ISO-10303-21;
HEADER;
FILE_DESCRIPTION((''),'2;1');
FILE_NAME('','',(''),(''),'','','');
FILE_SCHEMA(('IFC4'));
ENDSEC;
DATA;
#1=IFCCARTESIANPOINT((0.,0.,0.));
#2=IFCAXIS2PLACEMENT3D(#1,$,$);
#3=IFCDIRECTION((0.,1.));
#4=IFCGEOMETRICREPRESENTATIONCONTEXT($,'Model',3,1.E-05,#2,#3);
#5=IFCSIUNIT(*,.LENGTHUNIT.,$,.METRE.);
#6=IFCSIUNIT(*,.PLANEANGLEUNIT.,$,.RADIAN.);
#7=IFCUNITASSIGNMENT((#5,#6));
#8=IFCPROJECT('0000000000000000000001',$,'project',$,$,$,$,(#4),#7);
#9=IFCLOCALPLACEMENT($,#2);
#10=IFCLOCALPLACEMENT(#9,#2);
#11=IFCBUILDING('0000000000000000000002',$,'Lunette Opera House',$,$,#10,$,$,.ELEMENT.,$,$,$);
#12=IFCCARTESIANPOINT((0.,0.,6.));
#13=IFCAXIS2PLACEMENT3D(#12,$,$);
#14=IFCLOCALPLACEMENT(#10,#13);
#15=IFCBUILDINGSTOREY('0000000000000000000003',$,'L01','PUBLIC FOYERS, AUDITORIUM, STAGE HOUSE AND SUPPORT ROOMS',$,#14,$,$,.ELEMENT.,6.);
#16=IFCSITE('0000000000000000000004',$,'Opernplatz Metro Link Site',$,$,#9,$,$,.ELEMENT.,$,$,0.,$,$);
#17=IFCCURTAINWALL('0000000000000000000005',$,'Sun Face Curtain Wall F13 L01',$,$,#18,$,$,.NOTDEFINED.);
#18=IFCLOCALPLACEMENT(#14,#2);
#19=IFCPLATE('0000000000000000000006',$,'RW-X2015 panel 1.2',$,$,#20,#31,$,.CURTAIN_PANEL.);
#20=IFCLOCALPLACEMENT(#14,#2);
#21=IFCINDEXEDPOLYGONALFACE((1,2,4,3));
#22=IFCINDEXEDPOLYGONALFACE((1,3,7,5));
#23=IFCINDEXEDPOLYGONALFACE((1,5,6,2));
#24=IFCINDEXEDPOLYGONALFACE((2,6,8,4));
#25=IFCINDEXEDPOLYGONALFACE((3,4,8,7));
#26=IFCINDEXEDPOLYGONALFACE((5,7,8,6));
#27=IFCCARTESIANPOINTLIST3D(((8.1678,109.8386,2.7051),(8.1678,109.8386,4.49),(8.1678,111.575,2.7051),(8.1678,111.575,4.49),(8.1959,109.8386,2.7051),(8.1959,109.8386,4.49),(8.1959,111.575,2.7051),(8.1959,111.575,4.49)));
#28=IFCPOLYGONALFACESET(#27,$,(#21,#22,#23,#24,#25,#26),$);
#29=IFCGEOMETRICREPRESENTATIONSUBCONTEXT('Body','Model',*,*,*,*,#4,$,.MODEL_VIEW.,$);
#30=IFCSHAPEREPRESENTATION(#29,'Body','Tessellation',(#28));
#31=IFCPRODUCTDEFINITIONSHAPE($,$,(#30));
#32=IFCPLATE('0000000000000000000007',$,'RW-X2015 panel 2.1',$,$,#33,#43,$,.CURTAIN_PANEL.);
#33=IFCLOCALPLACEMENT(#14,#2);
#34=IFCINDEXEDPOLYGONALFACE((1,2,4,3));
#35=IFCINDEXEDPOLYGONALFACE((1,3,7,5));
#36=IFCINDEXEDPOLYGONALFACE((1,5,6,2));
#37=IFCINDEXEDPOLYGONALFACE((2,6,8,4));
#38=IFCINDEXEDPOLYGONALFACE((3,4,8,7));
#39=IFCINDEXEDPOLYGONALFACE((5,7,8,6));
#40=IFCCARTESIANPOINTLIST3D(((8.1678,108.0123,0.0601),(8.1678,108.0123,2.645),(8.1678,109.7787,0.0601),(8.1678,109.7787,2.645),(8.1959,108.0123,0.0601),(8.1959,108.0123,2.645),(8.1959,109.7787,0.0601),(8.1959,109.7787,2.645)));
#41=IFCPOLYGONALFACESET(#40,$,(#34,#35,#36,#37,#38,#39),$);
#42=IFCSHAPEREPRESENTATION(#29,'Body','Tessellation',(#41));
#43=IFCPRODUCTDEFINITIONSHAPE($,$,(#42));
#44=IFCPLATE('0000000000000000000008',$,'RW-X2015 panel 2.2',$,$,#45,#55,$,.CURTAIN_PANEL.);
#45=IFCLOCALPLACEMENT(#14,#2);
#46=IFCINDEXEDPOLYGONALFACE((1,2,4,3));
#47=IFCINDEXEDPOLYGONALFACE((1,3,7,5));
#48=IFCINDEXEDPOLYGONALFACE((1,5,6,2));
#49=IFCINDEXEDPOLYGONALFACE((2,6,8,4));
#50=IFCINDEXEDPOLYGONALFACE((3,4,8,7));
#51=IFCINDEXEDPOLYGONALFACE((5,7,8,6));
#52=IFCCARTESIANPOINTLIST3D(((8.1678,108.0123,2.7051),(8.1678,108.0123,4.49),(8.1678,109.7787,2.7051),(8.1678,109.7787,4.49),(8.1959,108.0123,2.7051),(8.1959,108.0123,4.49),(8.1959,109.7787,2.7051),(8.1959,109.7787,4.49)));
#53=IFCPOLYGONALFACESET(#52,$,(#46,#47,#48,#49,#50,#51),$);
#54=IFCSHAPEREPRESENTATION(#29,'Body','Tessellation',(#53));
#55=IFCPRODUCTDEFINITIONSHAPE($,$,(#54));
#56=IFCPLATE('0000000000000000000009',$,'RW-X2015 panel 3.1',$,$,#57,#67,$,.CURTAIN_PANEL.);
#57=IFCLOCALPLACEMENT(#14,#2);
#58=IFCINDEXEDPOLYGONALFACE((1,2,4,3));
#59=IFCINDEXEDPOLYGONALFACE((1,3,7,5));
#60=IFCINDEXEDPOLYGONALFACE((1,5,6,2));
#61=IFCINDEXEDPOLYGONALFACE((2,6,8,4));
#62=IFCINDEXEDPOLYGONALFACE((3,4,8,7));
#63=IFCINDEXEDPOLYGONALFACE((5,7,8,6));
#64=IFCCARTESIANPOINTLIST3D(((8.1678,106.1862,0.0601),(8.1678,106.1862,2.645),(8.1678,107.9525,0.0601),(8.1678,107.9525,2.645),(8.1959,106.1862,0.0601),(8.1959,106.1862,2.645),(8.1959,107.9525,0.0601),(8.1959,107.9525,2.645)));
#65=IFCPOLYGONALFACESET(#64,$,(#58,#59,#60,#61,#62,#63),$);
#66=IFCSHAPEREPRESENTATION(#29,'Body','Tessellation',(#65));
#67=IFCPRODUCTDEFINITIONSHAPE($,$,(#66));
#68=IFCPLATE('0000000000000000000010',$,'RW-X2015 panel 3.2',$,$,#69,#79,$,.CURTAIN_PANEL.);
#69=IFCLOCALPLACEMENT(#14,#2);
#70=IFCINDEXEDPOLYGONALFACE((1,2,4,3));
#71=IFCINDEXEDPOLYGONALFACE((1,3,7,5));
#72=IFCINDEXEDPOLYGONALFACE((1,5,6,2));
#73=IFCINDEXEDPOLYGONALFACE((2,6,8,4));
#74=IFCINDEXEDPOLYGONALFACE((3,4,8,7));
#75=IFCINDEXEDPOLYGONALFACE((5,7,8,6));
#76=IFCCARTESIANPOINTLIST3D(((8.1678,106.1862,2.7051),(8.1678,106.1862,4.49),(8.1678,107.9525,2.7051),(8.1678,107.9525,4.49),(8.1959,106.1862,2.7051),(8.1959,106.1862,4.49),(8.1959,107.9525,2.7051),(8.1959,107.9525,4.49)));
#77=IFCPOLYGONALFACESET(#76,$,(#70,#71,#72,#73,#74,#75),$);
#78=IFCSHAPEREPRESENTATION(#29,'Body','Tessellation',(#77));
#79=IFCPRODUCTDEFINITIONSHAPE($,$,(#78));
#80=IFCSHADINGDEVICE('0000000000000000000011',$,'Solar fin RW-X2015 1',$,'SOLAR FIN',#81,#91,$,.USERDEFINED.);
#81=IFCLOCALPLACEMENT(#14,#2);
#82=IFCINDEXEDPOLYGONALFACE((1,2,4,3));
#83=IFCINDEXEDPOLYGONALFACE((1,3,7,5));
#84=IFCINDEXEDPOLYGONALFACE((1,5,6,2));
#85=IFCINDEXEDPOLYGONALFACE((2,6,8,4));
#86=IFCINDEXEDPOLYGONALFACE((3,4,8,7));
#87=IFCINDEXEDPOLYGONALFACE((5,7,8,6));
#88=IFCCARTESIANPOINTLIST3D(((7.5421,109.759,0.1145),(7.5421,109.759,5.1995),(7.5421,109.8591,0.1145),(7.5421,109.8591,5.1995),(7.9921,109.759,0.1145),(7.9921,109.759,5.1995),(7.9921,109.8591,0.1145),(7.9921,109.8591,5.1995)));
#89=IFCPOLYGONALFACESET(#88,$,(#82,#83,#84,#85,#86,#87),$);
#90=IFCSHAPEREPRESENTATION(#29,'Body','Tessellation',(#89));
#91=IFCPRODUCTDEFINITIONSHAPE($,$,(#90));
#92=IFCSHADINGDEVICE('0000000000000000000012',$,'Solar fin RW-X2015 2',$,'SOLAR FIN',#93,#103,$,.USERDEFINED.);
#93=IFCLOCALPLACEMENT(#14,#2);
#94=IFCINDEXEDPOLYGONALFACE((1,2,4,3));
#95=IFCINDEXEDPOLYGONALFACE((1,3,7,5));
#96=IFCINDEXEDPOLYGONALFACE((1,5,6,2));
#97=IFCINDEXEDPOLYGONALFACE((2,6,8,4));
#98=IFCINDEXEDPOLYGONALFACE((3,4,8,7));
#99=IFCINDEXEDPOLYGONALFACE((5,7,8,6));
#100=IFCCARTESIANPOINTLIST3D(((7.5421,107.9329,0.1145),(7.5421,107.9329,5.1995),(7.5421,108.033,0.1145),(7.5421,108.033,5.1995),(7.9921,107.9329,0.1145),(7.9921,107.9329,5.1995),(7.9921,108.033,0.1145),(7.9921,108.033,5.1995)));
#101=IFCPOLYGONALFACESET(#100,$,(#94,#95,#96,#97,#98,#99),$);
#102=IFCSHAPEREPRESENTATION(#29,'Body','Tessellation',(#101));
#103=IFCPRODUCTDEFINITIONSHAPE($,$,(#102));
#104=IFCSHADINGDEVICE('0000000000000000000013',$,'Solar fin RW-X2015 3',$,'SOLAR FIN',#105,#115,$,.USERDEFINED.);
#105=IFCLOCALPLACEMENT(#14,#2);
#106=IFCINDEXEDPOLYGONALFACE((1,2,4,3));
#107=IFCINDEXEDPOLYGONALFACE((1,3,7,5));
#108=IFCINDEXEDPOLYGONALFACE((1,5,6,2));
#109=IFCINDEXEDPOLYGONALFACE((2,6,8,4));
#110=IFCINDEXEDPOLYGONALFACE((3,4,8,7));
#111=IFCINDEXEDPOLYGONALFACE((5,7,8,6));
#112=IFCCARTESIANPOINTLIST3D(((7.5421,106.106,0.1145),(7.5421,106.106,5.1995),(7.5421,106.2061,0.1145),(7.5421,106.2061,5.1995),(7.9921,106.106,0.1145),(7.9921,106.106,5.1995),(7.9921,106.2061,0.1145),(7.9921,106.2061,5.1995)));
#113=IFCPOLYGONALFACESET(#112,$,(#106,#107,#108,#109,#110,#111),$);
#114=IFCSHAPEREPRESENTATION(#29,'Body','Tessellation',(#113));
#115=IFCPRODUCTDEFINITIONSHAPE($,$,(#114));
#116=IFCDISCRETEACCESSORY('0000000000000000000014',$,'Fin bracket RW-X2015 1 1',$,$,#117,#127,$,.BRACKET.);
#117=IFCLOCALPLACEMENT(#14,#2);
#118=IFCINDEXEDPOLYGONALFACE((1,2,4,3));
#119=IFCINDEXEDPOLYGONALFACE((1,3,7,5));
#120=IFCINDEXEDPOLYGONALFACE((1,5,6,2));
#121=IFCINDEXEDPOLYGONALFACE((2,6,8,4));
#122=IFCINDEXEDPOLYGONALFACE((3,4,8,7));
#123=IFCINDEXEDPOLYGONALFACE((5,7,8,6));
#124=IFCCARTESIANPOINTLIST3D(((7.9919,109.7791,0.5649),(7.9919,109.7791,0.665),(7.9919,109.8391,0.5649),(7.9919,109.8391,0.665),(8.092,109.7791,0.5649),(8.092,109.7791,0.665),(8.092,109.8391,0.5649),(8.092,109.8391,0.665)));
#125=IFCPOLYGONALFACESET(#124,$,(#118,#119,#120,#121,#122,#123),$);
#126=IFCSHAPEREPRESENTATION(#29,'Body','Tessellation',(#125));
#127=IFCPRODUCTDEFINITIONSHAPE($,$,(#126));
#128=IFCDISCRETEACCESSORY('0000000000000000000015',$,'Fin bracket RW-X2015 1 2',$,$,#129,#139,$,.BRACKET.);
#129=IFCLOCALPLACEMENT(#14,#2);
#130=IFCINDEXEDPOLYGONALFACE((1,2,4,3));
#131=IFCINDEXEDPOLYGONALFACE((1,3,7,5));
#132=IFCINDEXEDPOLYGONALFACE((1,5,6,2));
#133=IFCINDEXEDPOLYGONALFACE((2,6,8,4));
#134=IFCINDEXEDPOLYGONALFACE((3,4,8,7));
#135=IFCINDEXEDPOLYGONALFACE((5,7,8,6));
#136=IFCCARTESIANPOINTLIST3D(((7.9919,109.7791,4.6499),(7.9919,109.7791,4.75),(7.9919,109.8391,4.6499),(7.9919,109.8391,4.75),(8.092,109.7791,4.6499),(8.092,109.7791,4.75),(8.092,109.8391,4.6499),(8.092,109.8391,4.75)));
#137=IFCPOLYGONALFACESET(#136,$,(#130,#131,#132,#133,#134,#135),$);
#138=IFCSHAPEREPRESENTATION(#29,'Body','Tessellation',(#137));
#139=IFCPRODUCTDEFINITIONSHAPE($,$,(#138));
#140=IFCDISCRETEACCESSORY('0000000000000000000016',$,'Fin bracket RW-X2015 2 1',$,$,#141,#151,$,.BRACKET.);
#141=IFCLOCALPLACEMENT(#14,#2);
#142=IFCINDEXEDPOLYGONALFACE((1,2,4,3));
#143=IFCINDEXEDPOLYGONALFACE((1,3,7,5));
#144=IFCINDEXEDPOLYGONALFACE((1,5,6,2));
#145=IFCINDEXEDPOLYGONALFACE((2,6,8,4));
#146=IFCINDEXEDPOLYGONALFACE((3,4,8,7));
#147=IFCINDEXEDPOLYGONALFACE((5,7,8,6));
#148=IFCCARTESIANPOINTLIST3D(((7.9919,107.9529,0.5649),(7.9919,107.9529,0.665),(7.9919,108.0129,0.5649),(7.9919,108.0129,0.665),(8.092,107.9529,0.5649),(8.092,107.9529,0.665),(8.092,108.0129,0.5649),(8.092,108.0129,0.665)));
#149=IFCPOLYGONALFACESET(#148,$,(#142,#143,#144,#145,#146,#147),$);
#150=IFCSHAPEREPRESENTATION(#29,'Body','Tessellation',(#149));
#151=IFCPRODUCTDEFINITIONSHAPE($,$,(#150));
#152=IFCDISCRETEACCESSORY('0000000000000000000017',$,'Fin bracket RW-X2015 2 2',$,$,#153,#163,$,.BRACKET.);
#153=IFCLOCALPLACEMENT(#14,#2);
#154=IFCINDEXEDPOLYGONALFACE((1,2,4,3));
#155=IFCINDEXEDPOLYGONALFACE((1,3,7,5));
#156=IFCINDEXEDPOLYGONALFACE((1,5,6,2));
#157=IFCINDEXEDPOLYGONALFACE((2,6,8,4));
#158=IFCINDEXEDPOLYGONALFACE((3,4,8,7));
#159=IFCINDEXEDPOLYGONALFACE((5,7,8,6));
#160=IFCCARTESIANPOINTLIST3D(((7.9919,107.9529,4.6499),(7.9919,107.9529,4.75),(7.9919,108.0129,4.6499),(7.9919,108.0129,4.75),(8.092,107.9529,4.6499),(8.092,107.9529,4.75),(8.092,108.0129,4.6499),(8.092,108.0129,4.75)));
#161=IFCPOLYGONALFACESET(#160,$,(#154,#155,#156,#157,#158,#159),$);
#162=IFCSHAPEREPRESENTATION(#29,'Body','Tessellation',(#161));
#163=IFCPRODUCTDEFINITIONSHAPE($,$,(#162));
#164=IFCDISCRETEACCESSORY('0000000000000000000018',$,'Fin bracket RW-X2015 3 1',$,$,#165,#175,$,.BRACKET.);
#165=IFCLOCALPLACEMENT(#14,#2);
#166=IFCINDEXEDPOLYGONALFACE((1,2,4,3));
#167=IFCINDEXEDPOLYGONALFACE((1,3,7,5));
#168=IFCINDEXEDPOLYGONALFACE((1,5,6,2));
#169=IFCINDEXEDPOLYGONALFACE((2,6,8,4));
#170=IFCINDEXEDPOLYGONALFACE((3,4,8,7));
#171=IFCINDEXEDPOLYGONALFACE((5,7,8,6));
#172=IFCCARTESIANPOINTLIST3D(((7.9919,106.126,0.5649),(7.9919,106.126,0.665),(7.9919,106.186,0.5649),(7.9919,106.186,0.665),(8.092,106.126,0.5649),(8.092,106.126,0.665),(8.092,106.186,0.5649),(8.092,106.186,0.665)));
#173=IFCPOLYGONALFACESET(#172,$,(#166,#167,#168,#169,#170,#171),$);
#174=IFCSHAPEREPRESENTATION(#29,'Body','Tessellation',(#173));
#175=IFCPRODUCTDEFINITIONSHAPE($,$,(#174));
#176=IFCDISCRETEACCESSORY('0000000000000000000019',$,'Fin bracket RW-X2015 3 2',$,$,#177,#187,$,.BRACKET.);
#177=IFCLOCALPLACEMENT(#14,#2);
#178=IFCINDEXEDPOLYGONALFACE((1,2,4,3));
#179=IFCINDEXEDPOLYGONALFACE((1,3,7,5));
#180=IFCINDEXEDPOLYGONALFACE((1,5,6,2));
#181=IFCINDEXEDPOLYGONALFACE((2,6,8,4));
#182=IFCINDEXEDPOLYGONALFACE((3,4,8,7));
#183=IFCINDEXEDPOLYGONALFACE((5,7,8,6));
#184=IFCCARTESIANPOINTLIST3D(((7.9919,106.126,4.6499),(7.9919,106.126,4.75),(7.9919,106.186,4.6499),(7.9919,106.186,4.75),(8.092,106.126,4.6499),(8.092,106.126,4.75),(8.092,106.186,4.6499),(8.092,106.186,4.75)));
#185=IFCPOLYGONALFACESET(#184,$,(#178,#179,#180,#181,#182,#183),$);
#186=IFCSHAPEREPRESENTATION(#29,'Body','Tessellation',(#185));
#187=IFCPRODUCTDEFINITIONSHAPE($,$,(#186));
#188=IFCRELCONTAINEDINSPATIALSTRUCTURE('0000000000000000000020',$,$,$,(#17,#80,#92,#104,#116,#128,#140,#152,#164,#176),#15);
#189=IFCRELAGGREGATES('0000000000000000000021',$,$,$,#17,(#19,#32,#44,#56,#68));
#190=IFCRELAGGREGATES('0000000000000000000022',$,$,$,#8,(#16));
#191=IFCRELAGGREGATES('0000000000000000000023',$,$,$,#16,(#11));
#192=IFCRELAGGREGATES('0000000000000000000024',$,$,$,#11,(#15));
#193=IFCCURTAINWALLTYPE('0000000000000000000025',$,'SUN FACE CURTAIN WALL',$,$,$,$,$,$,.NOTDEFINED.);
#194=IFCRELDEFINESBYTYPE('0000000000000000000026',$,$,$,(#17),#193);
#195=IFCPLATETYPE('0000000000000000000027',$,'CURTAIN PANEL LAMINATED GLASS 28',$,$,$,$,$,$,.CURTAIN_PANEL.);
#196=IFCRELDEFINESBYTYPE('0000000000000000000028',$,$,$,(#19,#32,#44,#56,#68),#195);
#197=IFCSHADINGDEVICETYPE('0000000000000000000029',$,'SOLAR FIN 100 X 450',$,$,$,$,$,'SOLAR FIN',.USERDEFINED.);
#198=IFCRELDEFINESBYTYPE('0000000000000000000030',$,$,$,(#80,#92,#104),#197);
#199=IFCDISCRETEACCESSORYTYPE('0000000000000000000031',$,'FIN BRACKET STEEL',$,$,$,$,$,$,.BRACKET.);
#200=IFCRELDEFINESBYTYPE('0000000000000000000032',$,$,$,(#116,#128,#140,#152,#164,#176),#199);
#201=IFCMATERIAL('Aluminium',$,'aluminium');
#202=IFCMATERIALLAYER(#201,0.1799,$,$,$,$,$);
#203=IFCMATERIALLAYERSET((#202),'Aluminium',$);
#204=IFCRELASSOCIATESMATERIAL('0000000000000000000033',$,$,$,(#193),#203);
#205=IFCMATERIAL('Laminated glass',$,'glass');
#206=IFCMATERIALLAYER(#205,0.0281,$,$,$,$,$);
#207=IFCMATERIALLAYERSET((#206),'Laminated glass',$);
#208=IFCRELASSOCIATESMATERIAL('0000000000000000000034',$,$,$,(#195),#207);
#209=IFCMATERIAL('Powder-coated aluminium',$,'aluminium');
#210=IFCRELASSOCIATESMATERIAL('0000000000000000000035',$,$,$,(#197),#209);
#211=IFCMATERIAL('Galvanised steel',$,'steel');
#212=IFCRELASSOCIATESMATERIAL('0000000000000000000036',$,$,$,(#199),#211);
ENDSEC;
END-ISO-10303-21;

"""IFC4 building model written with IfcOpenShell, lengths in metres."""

from ifc_helpers import new_model, si_unit, direction, frame, origin, origin_2d, place, context, subcontext, project, spatial, rectangle, extrude, material, layer, layer_set, type_object, element, aggregate, save


model = new_model("IFC4")

# Units and contexts
model_context = context("Model", 3, precision=1e-05, world=origin(), true_north=direction((0.0, 1.0)))
body_context = subcontext(model_context, "Body", "Model", "MODEL_VIEW")
ifc_project = project(units=[si_unit("LENGTHUNIT", "METRE"), si_unit("PLANEANGLEUNIT", "RADIAN")], contexts=[model_context])

# Site, building, storey
site_placement = place(None, origin())
site = spatial("IfcSite", under=ifc_project, at=site_placement, Name="Opernplatz Metro Link Site", CompositionType="ELEMENT", RefElevation=0.0)
building_placement = place(site_placement, origin())
building = spatial("IfcBuilding", under=site, at=building_placement, Name="Lunette Opera House", CompositionType="ELEMENT")
storey_placement = place(building_placement, frame((0.0, 0.0, 6.0)))
storey = spatial("IfcBuildingStorey", under=building, at=storey_placement, Name="L01", Description="PUBLIC FOYERS, AUDITORIUM, STAGE HOUSE AND SUPPORT ROOMS", CompositionType="ELEMENT", Elevation=6.0)

# Curtain wall, plates
ifc_material_1 = material(Name="Aluminium", Category="aluminium")
ifc_layer_1 = layer(ifc_material_1, 0.1799)
ifc_layer_set_1 = layer_set([ifc_layer_1], Name="Aluminium")
curtain_wall_type = type_object("IfcCurtainWallType", Name="SUN FACE CURTAIN WALL", PredefinedType="NOTDEFINED", material=ifc_layer_set_1)
curtain_wall_placement = place(storey_placement, origin())
curtain_wall = element("IfcCurtainWall", 1, at=curtain_wall_placement, inside=storey, type_object=curtain_wall_type, Name="Sun Face Curtain Wall F13 L01", PredefinedType="NOTDEFINED")
ifc_material_2 = material(Name="Laminated glass", Category="glass")
ifc_layer_2 = layer(ifc_material_2, 0.0281)
ifc_layer_set_2 = layer_set([ifc_layer_2], Name="Laminated glass")
plate_type = type_object("IfcPlateType", Name="CURTAIN PANEL LAMINATED GLASS 28", PredefinedType="CURTAIN_PANEL", material=ifc_layer_set_2)
plate_1_placement = place(storey_placement, frame((8.1819, 110.7068, 2.7051), z_axis=(0.0, 0.0, 1.0), x_axis=(0.0, -1.0, 0.0)))
plate_1 = element("IfcPlate", 2, at=plate_1_placement, type_object=plate_type, Name="RW-X2015 panel 1.2", PredefinedType="CURTAIN_PANEL", context=body_context, shape_type="SweptSolid", body=[
    extrude(rectangle(XDim=1.7363, YDim=0.0281, at=origin_2d()), origin(), (0.0, 0.0, 1.0), 1.7849),
])
plate_2_placement = place(storey_placement, frame((8.1819, 108.8955, 0.0601), z_axis=(0.0, 0.0, 1.0), x_axis=(0.0, -1.0, 0.0)))
plate_2 = element("IfcPlate", 3, at=plate_2_placement, type_object=plate_type, Name="RW-X2015 panel 2.1", PredefinedType="CURTAIN_PANEL", context=body_context, shape_type="SweptSolid", body=[
    extrude(rectangle(XDim=1.7664, YDim=0.0281, at=origin_2d()), origin(), (0.0, 0.0, 1.0), 2.585),
])
plate_3_placement = place(storey_placement, frame((8.1819, 108.8955, 2.7051), z_axis=(0.0, 0.0, 1.0), x_axis=(0.0, -1.0, 0.0)))
plate_3 = element("IfcPlate", 4, at=plate_3_placement, type_object=plate_type, Name="RW-X2015 panel 2.2", PredefinedType="CURTAIN_PANEL", context=body_context, shape_type="SweptSolid", body=[
    extrude(rectangle(XDim=1.7664, YDim=0.0281, at=origin_2d()), origin(), (0.0, 0.0, 1.0), 1.7849),
])
plate_4_placement = place(storey_placement, frame((8.1819, 107.0693, 0.0601), z_axis=(0.0, 0.0, 1.0), x_axis=(0.0, -1.0, 0.0)))
plate_4 = element("IfcPlate", 5, at=plate_4_placement, type_object=plate_type, Name="RW-X2015 panel 3.1", PredefinedType="CURTAIN_PANEL", context=body_context, shape_type="SweptSolid", body=[
    extrude(rectangle(XDim=1.7664, YDim=0.0281, at=origin_2d()), origin(), (0.0, 0.0, 1.0), 2.585),
])
plate_5_placement = place(storey_placement, frame((8.1819, 107.0693, 2.7051), z_axis=(0.0, 0.0, 1.0), x_axis=(0.0, -1.0, 0.0)))
plate_5 = element("IfcPlate", 6, at=plate_5_placement, type_object=plate_type, Name="RW-X2015 panel 3.2", PredefinedType="CURTAIN_PANEL", context=body_context, shape_type="SweptSolid", body=[
    extrude(rectangle(XDim=1.7664, YDim=0.0281, at=origin_2d()), origin(), (0.0, 0.0, 1.0), 1.7849),
])
aggregate(curtain_wall, [plate_1, plate_2, plate_3, plate_4, plate_5])

# Shading devices
ifc_material_3 = material(Name="Powder-coated aluminium", Category="aluminium")
shading_device_type = type_object("IfcShadingDeviceType", Name="SOLAR FIN 100 X 450", ElementType="SOLAR FIN", PredefinedType="USERDEFINED", material=ifc_material_3)
for number, where, z_axis, x_axis, name in (
    (7, (7.7671, 109.8091, 0.1145), (0.0, 0.0, 1.0), (-1.0, 0.0, 0.0), "Solar fin RW-X2015 1"),
    (8, (7.7671, 107.9829, 0.1145), (0.0, 0.0, 1.0), (-1.0, 0.0, 0.0), "Solar fin RW-X2015 2"),
    (9, (7.7671, 106.156, 0.1145), (0.0, 0.0, 1.0), (-1.0, 0.0, 0.0), "Solar fin RW-X2015 3"),
):
    element("IfcShadingDevice", number, at=place(storey_placement, frame(where, z_axis=z_axis, x_axis=x_axis)), inside=storey, type_object=shading_device_type, Name=name, ObjectType="SOLAR FIN", PredefinedType="USERDEFINED", context=body_context, shape_type="SweptSolid", body=[
        extrude(rectangle(XDim=0.45, YDim=0.1001, at=origin_2d()), origin(), (0.0, 0.0, 1.0), 5.085),
    ])

# Discrete accessories
ifc_material_4 = material(Name="Galvanised steel", Category="steel")
discrete_accessory_type = type_object("IfcDiscreteAccessoryType", Name="FIN BRACKET STEEL", PredefinedType="BRACKET", material=ifc_material_4)
for number, where, z_axis, x_axis, name in (
    (10, (8.042, 109.8091, 0.5649), (0.0, 0.0, 1.0), (-1.0, 0.0, 0.0), "Fin bracket RW-X2015 1 1"),
    (11, (8.042, 109.8091, 4.6499), (0.0, 0.0, 1.0), (-1.0, 0.0, 0.0), "Fin bracket RW-X2015 1 2"),
    (12, (8.042, 107.9829, 0.5649), (0.0, 0.0, 1.0), (-1.0, 0.0, 0.0), "Fin bracket RW-X2015 2 1"),
    (13, (8.042, 107.9829, 4.6499), (0.0, 0.0, 1.0), (-1.0, 0.0, 0.0), "Fin bracket RW-X2015 2 2"),
    (14, (8.042, 106.156, 0.5649), (0.0, 0.0, 1.0), (-1.0, 0.0, 0.0), "Fin bracket RW-X2015 3 1"),
    (15, (8.042, 106.156, 4.6499), (0.0, 0.0, 1.0), (-1.0, 0.0, 0.0), "Fin bracket RW-X2015 3 2"),
):
    element("IfcDiscreteAccessory", number, at=place(storey_placement, frame(where, z_axis=z_axis, x_axis=x_axis)), inside=storey, type_object=discrete_accessory_type, Name=name, PredefinedType="BRACKET", context=body_context, shape_type="SweptSolid", body=[
        extrude(rectangle(XDim=0.1001, YDim=0.0601, at=origin_2d()), origin(), (0.0, 0.0, 1.0), 0.1001),
    ])

save(model, "model.ifc")
